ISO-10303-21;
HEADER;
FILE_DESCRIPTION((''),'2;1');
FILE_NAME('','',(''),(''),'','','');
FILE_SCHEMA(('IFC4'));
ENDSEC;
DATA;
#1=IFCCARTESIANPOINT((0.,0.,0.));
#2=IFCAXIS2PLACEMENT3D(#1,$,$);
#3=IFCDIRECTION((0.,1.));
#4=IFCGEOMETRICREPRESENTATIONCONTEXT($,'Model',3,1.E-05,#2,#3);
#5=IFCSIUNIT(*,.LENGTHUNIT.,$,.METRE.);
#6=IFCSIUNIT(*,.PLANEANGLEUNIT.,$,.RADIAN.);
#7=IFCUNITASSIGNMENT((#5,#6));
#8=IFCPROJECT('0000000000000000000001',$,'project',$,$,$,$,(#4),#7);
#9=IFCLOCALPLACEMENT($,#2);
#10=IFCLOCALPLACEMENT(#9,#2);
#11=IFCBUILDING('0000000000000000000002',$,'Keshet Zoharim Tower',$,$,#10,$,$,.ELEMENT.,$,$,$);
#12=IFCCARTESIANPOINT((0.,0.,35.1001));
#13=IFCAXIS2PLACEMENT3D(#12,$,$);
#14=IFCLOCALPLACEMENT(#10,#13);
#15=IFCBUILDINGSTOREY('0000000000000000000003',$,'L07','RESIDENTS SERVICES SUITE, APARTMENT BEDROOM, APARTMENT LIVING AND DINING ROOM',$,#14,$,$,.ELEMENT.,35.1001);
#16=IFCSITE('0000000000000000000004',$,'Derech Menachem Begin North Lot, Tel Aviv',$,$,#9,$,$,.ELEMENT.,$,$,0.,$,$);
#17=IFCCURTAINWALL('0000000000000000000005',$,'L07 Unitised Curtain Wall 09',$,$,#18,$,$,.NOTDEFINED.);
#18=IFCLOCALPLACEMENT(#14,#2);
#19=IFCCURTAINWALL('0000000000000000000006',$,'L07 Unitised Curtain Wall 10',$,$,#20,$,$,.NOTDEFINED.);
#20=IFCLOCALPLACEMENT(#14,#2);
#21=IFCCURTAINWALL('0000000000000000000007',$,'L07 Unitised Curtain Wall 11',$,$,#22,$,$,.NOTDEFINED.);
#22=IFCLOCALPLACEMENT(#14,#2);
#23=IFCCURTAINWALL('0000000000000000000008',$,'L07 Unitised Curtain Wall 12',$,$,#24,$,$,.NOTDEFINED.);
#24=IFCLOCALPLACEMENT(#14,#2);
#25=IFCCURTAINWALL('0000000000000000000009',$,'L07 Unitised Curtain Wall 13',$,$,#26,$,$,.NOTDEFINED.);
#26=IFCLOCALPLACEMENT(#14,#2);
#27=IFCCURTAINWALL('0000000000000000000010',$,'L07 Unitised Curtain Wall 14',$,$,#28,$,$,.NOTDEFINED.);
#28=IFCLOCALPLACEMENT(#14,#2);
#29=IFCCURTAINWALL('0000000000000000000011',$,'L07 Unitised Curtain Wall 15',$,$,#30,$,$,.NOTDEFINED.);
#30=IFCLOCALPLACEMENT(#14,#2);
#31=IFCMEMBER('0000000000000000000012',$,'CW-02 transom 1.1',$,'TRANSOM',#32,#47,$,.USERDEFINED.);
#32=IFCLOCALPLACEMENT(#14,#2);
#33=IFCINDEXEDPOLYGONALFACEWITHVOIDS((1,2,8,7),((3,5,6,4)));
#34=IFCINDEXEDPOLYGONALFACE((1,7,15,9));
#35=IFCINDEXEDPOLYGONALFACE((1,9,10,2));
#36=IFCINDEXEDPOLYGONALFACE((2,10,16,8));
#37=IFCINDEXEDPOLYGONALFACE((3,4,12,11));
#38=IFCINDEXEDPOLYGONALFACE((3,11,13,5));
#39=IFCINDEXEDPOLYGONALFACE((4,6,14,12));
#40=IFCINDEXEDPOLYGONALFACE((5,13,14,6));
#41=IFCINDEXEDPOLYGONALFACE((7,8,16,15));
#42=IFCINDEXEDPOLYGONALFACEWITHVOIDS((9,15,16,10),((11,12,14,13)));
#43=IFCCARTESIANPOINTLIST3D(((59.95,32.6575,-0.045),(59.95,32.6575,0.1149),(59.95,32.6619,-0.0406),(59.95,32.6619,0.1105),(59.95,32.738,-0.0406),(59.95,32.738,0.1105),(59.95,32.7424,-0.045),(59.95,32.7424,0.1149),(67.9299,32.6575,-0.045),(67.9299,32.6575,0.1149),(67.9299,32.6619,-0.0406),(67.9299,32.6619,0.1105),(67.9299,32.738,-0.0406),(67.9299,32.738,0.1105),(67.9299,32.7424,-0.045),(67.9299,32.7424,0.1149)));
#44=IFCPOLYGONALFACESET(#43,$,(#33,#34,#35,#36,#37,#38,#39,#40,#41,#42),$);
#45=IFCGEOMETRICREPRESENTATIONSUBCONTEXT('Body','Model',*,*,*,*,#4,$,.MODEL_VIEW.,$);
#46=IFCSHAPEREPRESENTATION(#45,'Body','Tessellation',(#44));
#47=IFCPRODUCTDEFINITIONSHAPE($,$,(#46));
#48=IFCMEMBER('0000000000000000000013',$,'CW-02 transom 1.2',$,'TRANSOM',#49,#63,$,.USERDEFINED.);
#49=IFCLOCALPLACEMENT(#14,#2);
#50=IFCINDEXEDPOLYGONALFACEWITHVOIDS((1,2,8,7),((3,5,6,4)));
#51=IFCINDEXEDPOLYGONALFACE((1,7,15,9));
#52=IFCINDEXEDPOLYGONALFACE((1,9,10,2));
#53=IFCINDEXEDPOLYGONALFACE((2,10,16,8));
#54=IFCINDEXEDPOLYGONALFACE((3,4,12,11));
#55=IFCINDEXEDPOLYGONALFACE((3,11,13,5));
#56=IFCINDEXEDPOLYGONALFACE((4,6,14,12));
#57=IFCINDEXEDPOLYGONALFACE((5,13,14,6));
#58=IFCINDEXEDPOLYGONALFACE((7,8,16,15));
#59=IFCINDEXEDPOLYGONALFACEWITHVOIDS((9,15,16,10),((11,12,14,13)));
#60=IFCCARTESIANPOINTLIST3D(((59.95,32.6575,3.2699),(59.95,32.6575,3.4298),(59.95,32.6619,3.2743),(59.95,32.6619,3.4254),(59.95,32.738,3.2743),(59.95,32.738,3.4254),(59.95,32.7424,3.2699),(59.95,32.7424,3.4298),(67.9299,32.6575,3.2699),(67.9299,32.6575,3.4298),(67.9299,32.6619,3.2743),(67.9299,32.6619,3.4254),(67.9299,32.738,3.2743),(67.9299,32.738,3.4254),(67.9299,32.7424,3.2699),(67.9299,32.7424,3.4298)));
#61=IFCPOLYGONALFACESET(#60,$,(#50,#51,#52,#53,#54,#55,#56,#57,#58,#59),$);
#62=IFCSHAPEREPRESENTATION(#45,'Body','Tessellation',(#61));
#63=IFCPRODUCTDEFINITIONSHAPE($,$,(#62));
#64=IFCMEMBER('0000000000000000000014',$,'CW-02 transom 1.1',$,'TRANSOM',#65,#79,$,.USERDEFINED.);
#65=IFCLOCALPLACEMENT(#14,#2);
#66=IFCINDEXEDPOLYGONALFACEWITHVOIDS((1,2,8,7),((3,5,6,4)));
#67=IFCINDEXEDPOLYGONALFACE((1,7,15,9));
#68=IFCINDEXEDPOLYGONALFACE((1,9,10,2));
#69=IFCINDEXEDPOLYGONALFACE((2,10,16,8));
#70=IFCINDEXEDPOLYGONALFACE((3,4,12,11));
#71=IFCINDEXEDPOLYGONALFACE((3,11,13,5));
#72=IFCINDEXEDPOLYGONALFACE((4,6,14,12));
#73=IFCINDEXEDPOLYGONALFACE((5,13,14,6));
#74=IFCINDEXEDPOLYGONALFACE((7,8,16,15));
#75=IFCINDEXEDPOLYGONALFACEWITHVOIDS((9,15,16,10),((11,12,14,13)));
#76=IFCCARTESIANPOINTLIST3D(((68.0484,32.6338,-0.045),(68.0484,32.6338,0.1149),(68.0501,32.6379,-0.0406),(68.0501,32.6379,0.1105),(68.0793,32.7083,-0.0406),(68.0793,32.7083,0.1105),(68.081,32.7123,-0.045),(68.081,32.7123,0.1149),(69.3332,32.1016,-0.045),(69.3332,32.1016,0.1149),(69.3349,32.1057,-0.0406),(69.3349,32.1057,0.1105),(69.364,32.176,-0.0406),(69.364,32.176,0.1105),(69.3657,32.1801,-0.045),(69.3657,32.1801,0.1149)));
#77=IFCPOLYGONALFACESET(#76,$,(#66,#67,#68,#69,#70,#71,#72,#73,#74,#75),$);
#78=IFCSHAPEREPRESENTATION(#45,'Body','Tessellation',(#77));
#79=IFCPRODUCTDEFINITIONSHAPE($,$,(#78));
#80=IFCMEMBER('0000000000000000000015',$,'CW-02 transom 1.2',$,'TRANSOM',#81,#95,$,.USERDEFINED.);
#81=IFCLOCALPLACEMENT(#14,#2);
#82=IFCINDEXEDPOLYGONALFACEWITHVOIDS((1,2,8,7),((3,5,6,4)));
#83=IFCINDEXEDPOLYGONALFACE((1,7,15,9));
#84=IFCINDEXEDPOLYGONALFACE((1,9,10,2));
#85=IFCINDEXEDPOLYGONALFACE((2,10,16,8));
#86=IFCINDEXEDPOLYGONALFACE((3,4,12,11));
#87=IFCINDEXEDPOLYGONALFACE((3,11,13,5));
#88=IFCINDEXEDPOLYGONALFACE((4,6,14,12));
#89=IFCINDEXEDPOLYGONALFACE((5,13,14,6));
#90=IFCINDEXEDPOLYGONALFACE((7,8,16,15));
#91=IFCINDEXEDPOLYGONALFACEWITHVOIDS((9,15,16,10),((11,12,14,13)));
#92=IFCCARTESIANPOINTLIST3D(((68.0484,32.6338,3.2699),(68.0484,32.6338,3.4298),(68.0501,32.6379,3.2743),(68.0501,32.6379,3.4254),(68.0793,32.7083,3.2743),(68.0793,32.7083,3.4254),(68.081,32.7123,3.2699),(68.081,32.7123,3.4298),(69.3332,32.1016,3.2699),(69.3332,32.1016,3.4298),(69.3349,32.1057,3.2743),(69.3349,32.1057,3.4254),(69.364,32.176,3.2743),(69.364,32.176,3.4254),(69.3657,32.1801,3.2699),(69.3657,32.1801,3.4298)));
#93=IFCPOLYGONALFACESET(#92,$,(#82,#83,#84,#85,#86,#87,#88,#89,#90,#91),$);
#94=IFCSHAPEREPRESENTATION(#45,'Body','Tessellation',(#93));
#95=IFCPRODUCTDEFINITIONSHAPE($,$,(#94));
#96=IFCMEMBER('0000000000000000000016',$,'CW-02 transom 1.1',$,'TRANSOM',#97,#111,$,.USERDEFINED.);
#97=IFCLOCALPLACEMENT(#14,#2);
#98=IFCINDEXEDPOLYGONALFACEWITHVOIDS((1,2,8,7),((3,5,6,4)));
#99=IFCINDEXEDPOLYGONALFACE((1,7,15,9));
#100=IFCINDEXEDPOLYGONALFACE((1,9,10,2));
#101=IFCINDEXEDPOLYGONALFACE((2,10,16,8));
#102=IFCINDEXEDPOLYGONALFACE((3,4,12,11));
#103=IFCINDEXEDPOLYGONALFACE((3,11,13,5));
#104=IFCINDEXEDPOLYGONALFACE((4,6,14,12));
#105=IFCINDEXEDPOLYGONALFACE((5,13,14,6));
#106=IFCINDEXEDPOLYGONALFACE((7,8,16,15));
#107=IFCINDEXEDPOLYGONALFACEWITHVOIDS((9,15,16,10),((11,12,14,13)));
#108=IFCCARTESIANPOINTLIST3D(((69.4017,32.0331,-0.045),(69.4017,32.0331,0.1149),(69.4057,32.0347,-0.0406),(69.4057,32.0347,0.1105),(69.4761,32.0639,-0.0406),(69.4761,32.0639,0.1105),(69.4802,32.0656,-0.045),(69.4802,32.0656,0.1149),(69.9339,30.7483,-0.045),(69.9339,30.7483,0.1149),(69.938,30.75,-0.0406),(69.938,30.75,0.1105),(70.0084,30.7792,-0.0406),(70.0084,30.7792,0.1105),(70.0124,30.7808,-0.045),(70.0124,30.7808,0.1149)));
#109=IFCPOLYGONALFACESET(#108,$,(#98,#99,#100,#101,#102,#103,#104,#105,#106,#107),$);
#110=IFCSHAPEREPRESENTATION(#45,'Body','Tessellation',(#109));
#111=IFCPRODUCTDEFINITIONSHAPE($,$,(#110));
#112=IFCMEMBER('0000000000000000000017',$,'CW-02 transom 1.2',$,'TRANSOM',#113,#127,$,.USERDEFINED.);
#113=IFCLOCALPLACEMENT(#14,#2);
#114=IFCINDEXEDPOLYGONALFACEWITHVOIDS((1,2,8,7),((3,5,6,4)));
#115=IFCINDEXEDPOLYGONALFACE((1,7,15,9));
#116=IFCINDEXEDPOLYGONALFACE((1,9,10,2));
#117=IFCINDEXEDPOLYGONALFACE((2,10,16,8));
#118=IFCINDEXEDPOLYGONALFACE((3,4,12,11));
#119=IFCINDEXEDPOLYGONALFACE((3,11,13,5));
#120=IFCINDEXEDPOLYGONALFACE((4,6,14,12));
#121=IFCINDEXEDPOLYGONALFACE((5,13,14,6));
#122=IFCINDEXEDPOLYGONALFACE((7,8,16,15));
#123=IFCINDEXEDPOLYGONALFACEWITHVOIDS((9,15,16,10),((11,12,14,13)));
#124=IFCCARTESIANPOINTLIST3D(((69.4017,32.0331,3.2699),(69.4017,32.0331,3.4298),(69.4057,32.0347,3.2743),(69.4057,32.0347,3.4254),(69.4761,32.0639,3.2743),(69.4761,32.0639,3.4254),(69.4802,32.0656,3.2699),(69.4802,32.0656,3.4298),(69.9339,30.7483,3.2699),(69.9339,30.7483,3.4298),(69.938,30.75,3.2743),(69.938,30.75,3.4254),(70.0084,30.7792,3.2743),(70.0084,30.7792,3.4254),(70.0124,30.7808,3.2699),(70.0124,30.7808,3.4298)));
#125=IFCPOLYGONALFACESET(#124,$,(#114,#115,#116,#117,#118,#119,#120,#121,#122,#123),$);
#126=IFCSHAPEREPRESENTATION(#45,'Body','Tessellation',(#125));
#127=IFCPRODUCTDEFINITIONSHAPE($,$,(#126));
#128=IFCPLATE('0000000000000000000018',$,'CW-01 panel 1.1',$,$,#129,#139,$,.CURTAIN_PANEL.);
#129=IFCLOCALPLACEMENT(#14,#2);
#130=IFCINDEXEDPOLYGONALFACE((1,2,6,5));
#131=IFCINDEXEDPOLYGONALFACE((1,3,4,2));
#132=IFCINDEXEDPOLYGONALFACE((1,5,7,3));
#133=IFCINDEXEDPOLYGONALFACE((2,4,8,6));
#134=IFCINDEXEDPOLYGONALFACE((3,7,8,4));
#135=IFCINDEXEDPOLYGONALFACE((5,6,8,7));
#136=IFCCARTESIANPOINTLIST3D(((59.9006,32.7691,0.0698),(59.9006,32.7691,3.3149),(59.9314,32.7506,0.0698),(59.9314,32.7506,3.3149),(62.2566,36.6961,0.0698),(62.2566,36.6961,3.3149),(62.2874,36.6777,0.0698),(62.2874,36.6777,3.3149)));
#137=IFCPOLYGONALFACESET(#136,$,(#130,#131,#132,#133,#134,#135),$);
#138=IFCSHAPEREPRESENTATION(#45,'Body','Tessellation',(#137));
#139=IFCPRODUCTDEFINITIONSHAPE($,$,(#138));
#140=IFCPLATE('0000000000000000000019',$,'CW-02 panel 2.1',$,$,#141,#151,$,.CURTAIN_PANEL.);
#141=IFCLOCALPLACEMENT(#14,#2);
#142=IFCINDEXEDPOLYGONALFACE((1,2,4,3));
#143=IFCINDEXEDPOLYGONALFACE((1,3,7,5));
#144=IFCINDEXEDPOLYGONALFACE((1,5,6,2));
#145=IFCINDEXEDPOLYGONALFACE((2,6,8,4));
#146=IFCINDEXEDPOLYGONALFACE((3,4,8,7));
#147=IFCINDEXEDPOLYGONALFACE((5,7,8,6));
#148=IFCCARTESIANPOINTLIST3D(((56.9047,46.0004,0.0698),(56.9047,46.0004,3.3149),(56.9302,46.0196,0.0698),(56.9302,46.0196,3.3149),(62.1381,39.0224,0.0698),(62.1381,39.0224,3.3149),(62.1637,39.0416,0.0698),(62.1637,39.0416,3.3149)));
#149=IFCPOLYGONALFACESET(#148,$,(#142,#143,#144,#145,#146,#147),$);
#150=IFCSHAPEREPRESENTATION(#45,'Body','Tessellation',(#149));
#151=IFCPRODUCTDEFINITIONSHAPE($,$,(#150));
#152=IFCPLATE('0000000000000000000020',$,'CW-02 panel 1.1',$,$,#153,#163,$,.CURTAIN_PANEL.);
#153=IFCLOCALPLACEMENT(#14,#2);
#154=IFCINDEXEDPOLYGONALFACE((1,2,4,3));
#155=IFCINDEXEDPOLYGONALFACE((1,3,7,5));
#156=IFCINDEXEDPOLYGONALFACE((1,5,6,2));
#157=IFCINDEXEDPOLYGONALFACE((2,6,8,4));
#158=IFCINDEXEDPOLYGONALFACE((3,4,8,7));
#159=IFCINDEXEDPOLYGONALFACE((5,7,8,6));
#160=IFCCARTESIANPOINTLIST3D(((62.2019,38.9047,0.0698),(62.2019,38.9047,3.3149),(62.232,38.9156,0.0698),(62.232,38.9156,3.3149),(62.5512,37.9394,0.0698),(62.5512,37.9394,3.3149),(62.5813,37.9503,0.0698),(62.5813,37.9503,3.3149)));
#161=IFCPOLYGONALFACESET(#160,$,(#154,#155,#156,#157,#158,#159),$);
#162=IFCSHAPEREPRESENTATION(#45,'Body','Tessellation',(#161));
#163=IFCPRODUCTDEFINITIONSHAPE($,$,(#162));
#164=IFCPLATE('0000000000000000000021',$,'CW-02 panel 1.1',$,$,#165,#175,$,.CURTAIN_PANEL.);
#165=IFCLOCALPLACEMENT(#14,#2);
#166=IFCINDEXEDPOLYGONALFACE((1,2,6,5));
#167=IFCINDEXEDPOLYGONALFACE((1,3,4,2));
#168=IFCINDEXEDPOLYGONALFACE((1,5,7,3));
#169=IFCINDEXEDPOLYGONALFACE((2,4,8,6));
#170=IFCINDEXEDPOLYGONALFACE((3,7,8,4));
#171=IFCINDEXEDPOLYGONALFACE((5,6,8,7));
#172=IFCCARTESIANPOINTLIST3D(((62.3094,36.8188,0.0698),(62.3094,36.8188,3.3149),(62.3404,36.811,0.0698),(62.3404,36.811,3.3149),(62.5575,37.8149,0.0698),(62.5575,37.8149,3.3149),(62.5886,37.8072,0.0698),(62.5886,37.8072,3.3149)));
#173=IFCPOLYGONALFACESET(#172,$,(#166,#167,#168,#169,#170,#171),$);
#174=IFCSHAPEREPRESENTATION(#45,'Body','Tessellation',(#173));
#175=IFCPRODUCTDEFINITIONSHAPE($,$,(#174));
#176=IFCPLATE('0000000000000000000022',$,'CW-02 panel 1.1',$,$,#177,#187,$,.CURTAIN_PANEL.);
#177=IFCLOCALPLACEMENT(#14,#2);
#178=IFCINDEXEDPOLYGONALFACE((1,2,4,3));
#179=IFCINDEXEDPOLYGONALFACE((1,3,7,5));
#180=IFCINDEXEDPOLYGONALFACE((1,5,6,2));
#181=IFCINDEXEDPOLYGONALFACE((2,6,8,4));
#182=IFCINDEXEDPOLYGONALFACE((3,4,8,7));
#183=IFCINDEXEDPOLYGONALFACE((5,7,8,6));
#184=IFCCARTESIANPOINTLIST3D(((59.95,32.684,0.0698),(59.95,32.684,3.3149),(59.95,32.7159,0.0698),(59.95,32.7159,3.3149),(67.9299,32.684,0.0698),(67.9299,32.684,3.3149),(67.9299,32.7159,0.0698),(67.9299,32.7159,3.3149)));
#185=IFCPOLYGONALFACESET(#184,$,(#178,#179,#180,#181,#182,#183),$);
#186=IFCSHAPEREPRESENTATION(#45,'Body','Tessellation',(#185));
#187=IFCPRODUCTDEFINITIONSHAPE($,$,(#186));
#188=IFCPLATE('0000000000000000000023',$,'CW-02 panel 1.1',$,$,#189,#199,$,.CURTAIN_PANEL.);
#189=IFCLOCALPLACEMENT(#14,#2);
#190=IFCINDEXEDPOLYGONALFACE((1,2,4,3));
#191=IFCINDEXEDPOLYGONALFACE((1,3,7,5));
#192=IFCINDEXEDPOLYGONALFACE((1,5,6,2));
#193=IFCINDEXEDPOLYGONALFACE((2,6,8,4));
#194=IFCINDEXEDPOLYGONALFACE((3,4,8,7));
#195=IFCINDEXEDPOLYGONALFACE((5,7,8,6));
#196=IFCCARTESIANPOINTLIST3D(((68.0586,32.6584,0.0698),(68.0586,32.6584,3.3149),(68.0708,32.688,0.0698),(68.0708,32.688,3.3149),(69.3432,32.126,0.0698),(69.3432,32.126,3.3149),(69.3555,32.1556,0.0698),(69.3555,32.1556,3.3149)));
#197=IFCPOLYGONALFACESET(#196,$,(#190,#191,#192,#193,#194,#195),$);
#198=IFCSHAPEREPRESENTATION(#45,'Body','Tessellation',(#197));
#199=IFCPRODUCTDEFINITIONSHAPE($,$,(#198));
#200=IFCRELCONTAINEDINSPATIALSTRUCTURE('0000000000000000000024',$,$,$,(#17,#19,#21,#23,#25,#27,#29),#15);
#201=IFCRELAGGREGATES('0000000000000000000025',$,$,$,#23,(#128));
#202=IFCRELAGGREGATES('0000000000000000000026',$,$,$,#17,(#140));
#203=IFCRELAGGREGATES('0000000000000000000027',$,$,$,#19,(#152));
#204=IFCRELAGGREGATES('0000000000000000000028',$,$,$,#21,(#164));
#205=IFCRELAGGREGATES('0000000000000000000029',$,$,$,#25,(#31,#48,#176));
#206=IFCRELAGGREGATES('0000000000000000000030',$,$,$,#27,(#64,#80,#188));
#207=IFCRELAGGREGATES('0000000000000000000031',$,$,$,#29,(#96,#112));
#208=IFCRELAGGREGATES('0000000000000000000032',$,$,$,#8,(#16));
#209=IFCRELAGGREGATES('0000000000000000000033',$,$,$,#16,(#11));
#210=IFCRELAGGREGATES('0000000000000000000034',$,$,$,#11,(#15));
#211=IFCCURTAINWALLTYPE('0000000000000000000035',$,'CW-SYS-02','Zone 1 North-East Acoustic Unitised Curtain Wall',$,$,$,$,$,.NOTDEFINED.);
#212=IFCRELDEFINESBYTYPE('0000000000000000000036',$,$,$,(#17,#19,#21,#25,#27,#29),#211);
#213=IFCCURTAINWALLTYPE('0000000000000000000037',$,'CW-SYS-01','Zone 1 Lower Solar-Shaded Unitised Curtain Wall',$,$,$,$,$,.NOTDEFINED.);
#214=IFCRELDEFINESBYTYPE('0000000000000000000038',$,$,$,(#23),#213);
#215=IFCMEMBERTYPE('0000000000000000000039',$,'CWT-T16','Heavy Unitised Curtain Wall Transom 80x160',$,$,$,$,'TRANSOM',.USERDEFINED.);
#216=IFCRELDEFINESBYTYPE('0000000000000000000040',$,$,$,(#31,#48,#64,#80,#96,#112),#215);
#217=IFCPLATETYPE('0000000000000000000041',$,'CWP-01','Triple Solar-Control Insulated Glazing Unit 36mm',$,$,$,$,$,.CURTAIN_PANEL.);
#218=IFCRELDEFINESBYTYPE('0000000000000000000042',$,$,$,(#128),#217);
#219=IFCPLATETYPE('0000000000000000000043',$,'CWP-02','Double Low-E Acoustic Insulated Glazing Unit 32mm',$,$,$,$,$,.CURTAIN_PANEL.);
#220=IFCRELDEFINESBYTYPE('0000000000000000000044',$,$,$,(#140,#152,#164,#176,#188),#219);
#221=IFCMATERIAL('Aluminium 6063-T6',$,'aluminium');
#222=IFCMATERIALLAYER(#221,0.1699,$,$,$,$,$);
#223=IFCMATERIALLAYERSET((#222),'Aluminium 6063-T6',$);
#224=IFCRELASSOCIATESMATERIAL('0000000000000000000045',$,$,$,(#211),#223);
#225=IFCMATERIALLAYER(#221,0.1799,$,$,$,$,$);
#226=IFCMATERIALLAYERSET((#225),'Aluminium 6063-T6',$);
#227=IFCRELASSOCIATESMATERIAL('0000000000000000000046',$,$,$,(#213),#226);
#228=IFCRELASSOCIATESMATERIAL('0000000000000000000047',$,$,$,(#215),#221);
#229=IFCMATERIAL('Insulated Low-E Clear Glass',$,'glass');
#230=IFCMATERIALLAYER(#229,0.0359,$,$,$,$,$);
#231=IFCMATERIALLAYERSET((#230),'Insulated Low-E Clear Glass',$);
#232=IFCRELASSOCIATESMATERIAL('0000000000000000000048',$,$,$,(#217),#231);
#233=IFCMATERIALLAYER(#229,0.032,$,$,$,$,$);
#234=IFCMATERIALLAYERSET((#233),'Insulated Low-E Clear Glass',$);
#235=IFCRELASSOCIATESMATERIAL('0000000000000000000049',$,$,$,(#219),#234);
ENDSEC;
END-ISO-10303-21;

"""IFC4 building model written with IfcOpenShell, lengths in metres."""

from ifc_helpers import new_model, si_unit, direction, frame, origin, origin_2d, place, context, subcontext, project, spatial, rectangle, hollow_rectangle, extrude, material, layer, layer_set, material_profile, profile_set, type_object, element, aggregate, save


model = new_model("IFC4")

# Units and contexts
model_context = context("Model", 3, precision=1e-05, world=origin(), true_north=direction((0.0, 1.0)))
body_context = subcontext(model_context, "Body", "Model", "MODEL_VIEW")
ifc_project = project(units=[si_unit("LENGTHUNIT", "METRE"), si_unit("PLANEANGLEUNIT", "RADIAN")], contexts=[model_context])

# Site, building, storey
site_placement = place(None, origin())
site = spatial("IfcSite", under=ifc_project, at=site_placement, Name="Derech Menachem Begin North Lot, Tel Aviv", CompositionType="ELEMENT", RefElevation=0.0)
building_placement = place(site_placement, origin())
building = spatial("IfcBuilding", under=site, at=building_placement, Name="Keshet Zoharim Tower", CompositionType="ELEMENT")
storey_placement = place(building_placement, frame((0.0, 0.0, 35.1001)))
storey = spatial("IfcBuildingStorey", under=building, at=storey_placement, Name="L07", Description="RESIDENTS SERVICES SUITE, APARTMENT BEDROOM, APARTMENT LIVING AND DINING ROOM", CompositionType="ELEMENT", Elevation=35.1001)

# Curtain wall
ifc_material_1 = material(Name="Aluminium 6063-T6", Category="aluminium")
ifc_layer_1 = layer(ifc_material_1, 0.1699)
ifc_layer_set_1 = layer_set([ifc_layer_1], Name="Aluminium 6063-T6")
curtain_wall_type_1 = type_object("IfcCurtainWallType", Name="CW-SYS-02", Description="Zone 1 North-East Acoustic Unitised Curtain Wall", PredefinedType="NOTDEFINED", material=ifc_layer_set_1)
curtain_wall_1_placement = place(storey_placement, origin())
curtain_wall_1 = element("IfcCurtainWall", 1, at=curtain_wall_1_placement, inside=storey, type_object=curtain_wall_type_1, Name="L07 Unitised Curtain Wall 09", PredefinedType="NOTDEFINED")

# Curtain walls
curtain_wall_2_placement = place(storey_placement, origin())
curtain_wall_2 = element("IfcCurtainWall", 2, at=curtain_wall_2_placement, inside=storey, type_object=curtain_wall_type_1, Name="L07 Unitised Curtain Wall 10", PredefinedType="NOTDEFINED")
curtain_wall_3_placement = place(storey_placement, origin())
curtain_wall_3 = element("IfcCurtainWall", 3, at=curtain_wall_3_placement, inside=storey, type_object=curtain_wall_type_1, Name="L07 Unitised Curtain Wall 11", PredefinedType="NOTDEFINED")
ifc_layer_2 = layer(ifc_material_1, 0.1799)
ifc_layer_set_2 = layer_set([ifc_layer_2], Name="Aluminium 6063-T6")
curtain_wall_type_2 = type_object("IfcCurtainWallType", Name="CW-SYS-01", Description="Zone 1 Lower Solar-Shaded Unitised Curtain Wall", PredefinedType="NOTDEFINED", material=ifc_layer_set_2)
curtain_wall_4_placement = place(storey_placement, origin())
curtain_wall_4 = element("IfcCurtainWall", 4, at=curtain_wall_4_placement, inside=storey, type_object=curtain_wall_type_2, Name="L07 Unitised Curtain Wall 12", PredefinedType="NOTDEFINED")
curtain_wall_5_placement = place(storey_placement, origin())
curtain_wall_5 = element("IfcCurtainWall", 5, at=curtain_wall_5_placement, inside=storey, type_object=curtain_wall_type_1, Name="L07 Unitised Curtain Wall 13", PredefinedType="NOTDEFINED")
curtain_wall_6_placement = place(storey_placement, origin())
curtain_wall_6 = element("IfcCurtainWall", 6, at=curtain_wall_6_placement, inside=storey, type_object=curtain_wall_type_1, Name="L07 Unitised Curtain Wall 14", PredefinedType="NOTDEFINED")

# Curtain wall
curtain_wall_7_placement = place(storey_placement, origin())
curtain_wall_7 = element("IfcCurtainWall", 7, at=curtain_wall_7_placement, inside=storey, type_object=curtain_wall_type_1, Name="L07 Unitised Curtain Wall 15", PredefinedType="NOTDEFINED")

# Members
ifc_material_profile_1 = material_profile(ifc_material_1, hollow_rectangle(XDim=0.085, YDim=0.1599, WallThickness=0.0044, at=origin_2d()), Name="TRN-85x160")
ifc_profile_set_1 = profile_set([ifc_material_profile_1], Name="Aluminium 6063-T6")
member_type_1 = type_object("IfcMemberType", Name="CWT-T16", Description="Heavy Unitised Curtain Wall Transom 80x160", ElementType="TRANSOM", PredefinedType="USERDEFINED", material=ifc_profile_set_1)
member_1_placement = place(storey_placement, frame((59.95, 32.7, 0.0349), z_axis=(1.0, 0.0, 0.0), x_axis=(0.0, 1.0, 0.0)))
member_1 = element("IfcMember", 8, at=member_1_placement, type_object=member_type_1, Name="CW-02 transom 1.1", ObjectType="TRANSOM", PredefinedType="USERDEFINED", context=body_context, shape_type="SweptSolid", body=[
    extrude(hollow_rectangle(XDim=0.085, YDim=0.1599, WallThickness=0.0044, at=origin_2d()), origin(), (0.0, 0.0, 1.0), 7.98),
])
member_2_placement = place(storey_placement, frame((59.95, 32.7, 3.3499), z_axis=(1.0, 0.0, 0.0), x_axis=(0.0, 1.0, 0.0)))
member_2 = element("IfcMember", 9, at=member_2_placement, type_object=member_type_1, Name="CW-02 transom 1.2", ObjectType="TRANSOM", PredefinedType="USERDEFINED", context=body_context, shape_type="SweptSolid", body=[
    extrude(hollow_rectangle(XDim=0.085, YDim=0.1599, WallThickness=0.0044, at=origin_2d()), origin(), (0.0, 0.0, 1.0), 7.98),
])
member_3_placement = place(storey_placement, frame((68.0647, 32.6731, 0.0349), z_axis=(0.923854, -0.382745, 0.0), x_axis=(0.382745, 0.923854, 0.0)))
member_3 = element("IfcMember", 10, at=member_3_placement, type_object=member_type_1, Name="CW-02 transom 1.1", ObjectType="TRANSOM", PredefinedType="USERDEFINED", context=body_context, shape_type="SweptSolid", body=[
    extrude(hollow_rectangle(XDim=0.085, YDim=0.1599, WallThickness=0.0044, at=origin_2d()), origin(), (0.0, 0.0, 1.0), 1.3906),
])
member_4_placement = place(storey_placement, frame((68.0647, 32.6731, 3.3499), z_axis=(0.923854, -0.382745, 0.0), x_axis=(0.382745, 0.923854, 0.0)))
member_4 = element("IfcMember", 11, at=member_4_placement, type_object=member_type_1, Name="CW-02 transom 1.2", ObjectType="TRANSOM", PredefinedType="USERDEFINED", context=body_context, shape_type="SweptSolid", body=[
    extrude(hollow_rectangle(XDim=0.085, YDim=0.1599, WallThickness=0.0044, at=origin_2d()), origin(), (0.0, 0.0, 1.0), 1.3906),
])
member_5_placement = place(storey_placement, frame((69.4409, 32.0493, 0.0349), z_axis=(0.382745, -0.923854, 0.0), x_axis=(0.923854, 0.382745, 0.0)))
member_5 = element("IfcMember", 12, at=member_5_placement, type_object=member_type_1, Name="CW-02 transom 1.1", ObjectType="TRANSOM", PredefinedType="USERDEFINED", context=body_context, shape_type="SweptSolid", body=[
    extrude(hollow_rectangle(XDim=0.085, YDim=0.1599, WallThickness=0.0044, at=origin_2d()), origin(), (0.0, 0.0, 1.0), 1.3906),
])
member_6_placement = place(storey_placement, frame((69.4409, 32.0493, 3.3499), z_axis=(0.382745, -0.923854, 0.0), x_axis=(0.923854, 0.382745, 0.0)))
member_6 = element("IfcMember", 13, at=member_6_placement, type_object=member_type_1, Name="CW-02 transom 1.2", ObjectType="TRANSOM", PredefinedType="USERDEFINED", context=body_context, shape_type="SweptSolid", body=[
    extrude(hollow_rectangle(XDim=0.085, YDim=0.1599, WallThickness=0.0044, at=origin_2d()), origin(), (0.0, 0.0, 1.0), 1.3906),
])

# Plates
ifc_material_2 = material(Name="Insulated Low-E Clear Glass", Category="glass")
ifc_layer_3 = layer(ifc_material_2, 0.0359)
ifc_layer_set_3 = layer_set([ifc_layer_3], Name="Insulated Low-E Clear Glass")
plate_type_1 = type_object("IfcPlateType", Name="CWP-01", Description="Triple Solar-Control Insulated Glazing Unit 36mm", PredefinedType="CURTAIN_PANEL", material=ifc_layer_set_3)
plate_1_placement = place(storey_placement, frame((61.094, 34.7234, 0.0698), z_axis=(0.0, 0.0, 1.0), x_axis=(-0.514465, -0.857512, 0.0)))
plate_1 = element("IfcPlate", 14, at=plate_1_placement, type_object=plate_type_1, Name="CW-01 panel 1.1", PredefinedType="CURTAIN_PANEL", context=body_context, shape_type="SweptSolid", body=[
    extrude(rectangle(XDim=4.5796, YDim=0.0359, at=origin_2d()), origin(), (0.0, 0.0, 1.0), 3.2451),
])
aggregate(curtain_wall_4, [plate_1])
ifc_layer_4 = layer(ifc_material_2, 0.032)
ifc_layer_set_4 = layer_set([ifc_layer_4], Name="Insulated Low-E Clear Glass")
plate_type_2 = type_object("IfcPlateType", Name="CWP-02", Description="Double Low-E Acoustic Insulated Glazing Unit 32mm", PredefinedType="CURTAIN_PANEL", material=ifc_layer_set_4)
plate_2_placement = place(storey_placement, frame((59.5342, 42.521, 0.0698), z_axis=(0.0, 0.0, 1.0), x_axis=(0.6, -0.8, 0.0)))
plate_2 = element("IfcPlate", 15, at=plate_2_placement, type_object=plate_type_2, Name="CW-02 panel 2.1", PredefinedType="CURTAIN_PANEL", context=body_context, shape_type="SweptSolid", body=[
    extrude(rectangle(XDim=8.7224, YDim=0.032, at=origin_2d()), origin(), (0.0, 0.0, 1.0), 3.2451),
])
aggregate(curtain_wall_1, [plate_2])
plate_3_placement = place(storey_placement, frame((62.3916, 38.4275, 0.0698), z_axis=(0.0, 0.0, 1.0), x_axis=(0.340297, -0.940318, 0.0)))
plate_3 = element("IfcPlate", 16, at=plate_3_placement, type_object=plate_type_2, Name="CW-02 panel 1.1", PredefinedType="CURTAIN_PANEL", context=body_context, shape_type="SweptSolid", body=[
    extrude(rectangle(XDim=1.0266, YDim=0.032, at=origin_2d()), origin(), (0.0, 0.0, 1.0), 3.2451),
])
aggregate(curtain_wall_2, [plate_3])
plate_4_placement = place(storey_placement, frame((62.449, 37.313, 0.0698), z_axis=(0.0, 0.0, 1.0), x_axis=(-0.241729, -0.970344, 0.0)))
plate_4 = element("IfcPlate", 17, at=plate_4_placement, type_object=plate_type_2, Name="CW-02 panel 1.1", PredefinedType="CURTAIN_PANEL", context=body_context, shape_type="SweptSolid", body=[
    extrude(rectangle(XDim=1.0266, YDim=0.032, at=origin_2d()), origin(), (0.0, 0.0, 1.0), 3.2451),
])
aggregate(curtain_wall_3, [plate_4])
plate_5_placement = place(storey_placement, frame((63.9399, 32.7, 0.0698), z_axis=(0.0, 0.0, 1.0), x_axis=(1.0, 0.0, 0.0)))
plate_5 = element("IfcPlate", 18, at=plate_5_placement, type_object=plate_type_2, Name="CW-02 panel 1.1", PredefinedType="CURTAIN_PANEL", context=body_context, shape_type="SweptSolid", body=[
    extrude(rectangle(XDim=7.98, YDim=0.032, at=origin_2d()), origin(), (0.0, 0.0, 1.0), 3.2451),
])
aggregate(curtain_wall_5, [member_1, member_2, plate_5])
plate_6_placement = place(storey_placement, frame((68.707, 32.407, 0.0698), z_axis=(0.0, 0.0, 1.0), x_axis=(0.92381, -0.382852, 0.0)))
plate_6 = element("IfcPlate", 19, at=plate_6_placement, type_object=plate_type_2, Name="CW-02 panel 1.1", PredefinedType="CURTAIN_PANEL", context=body_context, shape_type="SweptSolid", body=[
    extrude(rectangle(XDim=1.3906, YDim=0.032, at=origin_2d()), origin(), (0.0, 0.0, 1.0), 3.2451),
])
aggregate(curtain_wall_6, [member_3, member_4, plate_6])
aggregate(curtain_wall_7, [member_5, member_6])

save(model, "model.ifc")
